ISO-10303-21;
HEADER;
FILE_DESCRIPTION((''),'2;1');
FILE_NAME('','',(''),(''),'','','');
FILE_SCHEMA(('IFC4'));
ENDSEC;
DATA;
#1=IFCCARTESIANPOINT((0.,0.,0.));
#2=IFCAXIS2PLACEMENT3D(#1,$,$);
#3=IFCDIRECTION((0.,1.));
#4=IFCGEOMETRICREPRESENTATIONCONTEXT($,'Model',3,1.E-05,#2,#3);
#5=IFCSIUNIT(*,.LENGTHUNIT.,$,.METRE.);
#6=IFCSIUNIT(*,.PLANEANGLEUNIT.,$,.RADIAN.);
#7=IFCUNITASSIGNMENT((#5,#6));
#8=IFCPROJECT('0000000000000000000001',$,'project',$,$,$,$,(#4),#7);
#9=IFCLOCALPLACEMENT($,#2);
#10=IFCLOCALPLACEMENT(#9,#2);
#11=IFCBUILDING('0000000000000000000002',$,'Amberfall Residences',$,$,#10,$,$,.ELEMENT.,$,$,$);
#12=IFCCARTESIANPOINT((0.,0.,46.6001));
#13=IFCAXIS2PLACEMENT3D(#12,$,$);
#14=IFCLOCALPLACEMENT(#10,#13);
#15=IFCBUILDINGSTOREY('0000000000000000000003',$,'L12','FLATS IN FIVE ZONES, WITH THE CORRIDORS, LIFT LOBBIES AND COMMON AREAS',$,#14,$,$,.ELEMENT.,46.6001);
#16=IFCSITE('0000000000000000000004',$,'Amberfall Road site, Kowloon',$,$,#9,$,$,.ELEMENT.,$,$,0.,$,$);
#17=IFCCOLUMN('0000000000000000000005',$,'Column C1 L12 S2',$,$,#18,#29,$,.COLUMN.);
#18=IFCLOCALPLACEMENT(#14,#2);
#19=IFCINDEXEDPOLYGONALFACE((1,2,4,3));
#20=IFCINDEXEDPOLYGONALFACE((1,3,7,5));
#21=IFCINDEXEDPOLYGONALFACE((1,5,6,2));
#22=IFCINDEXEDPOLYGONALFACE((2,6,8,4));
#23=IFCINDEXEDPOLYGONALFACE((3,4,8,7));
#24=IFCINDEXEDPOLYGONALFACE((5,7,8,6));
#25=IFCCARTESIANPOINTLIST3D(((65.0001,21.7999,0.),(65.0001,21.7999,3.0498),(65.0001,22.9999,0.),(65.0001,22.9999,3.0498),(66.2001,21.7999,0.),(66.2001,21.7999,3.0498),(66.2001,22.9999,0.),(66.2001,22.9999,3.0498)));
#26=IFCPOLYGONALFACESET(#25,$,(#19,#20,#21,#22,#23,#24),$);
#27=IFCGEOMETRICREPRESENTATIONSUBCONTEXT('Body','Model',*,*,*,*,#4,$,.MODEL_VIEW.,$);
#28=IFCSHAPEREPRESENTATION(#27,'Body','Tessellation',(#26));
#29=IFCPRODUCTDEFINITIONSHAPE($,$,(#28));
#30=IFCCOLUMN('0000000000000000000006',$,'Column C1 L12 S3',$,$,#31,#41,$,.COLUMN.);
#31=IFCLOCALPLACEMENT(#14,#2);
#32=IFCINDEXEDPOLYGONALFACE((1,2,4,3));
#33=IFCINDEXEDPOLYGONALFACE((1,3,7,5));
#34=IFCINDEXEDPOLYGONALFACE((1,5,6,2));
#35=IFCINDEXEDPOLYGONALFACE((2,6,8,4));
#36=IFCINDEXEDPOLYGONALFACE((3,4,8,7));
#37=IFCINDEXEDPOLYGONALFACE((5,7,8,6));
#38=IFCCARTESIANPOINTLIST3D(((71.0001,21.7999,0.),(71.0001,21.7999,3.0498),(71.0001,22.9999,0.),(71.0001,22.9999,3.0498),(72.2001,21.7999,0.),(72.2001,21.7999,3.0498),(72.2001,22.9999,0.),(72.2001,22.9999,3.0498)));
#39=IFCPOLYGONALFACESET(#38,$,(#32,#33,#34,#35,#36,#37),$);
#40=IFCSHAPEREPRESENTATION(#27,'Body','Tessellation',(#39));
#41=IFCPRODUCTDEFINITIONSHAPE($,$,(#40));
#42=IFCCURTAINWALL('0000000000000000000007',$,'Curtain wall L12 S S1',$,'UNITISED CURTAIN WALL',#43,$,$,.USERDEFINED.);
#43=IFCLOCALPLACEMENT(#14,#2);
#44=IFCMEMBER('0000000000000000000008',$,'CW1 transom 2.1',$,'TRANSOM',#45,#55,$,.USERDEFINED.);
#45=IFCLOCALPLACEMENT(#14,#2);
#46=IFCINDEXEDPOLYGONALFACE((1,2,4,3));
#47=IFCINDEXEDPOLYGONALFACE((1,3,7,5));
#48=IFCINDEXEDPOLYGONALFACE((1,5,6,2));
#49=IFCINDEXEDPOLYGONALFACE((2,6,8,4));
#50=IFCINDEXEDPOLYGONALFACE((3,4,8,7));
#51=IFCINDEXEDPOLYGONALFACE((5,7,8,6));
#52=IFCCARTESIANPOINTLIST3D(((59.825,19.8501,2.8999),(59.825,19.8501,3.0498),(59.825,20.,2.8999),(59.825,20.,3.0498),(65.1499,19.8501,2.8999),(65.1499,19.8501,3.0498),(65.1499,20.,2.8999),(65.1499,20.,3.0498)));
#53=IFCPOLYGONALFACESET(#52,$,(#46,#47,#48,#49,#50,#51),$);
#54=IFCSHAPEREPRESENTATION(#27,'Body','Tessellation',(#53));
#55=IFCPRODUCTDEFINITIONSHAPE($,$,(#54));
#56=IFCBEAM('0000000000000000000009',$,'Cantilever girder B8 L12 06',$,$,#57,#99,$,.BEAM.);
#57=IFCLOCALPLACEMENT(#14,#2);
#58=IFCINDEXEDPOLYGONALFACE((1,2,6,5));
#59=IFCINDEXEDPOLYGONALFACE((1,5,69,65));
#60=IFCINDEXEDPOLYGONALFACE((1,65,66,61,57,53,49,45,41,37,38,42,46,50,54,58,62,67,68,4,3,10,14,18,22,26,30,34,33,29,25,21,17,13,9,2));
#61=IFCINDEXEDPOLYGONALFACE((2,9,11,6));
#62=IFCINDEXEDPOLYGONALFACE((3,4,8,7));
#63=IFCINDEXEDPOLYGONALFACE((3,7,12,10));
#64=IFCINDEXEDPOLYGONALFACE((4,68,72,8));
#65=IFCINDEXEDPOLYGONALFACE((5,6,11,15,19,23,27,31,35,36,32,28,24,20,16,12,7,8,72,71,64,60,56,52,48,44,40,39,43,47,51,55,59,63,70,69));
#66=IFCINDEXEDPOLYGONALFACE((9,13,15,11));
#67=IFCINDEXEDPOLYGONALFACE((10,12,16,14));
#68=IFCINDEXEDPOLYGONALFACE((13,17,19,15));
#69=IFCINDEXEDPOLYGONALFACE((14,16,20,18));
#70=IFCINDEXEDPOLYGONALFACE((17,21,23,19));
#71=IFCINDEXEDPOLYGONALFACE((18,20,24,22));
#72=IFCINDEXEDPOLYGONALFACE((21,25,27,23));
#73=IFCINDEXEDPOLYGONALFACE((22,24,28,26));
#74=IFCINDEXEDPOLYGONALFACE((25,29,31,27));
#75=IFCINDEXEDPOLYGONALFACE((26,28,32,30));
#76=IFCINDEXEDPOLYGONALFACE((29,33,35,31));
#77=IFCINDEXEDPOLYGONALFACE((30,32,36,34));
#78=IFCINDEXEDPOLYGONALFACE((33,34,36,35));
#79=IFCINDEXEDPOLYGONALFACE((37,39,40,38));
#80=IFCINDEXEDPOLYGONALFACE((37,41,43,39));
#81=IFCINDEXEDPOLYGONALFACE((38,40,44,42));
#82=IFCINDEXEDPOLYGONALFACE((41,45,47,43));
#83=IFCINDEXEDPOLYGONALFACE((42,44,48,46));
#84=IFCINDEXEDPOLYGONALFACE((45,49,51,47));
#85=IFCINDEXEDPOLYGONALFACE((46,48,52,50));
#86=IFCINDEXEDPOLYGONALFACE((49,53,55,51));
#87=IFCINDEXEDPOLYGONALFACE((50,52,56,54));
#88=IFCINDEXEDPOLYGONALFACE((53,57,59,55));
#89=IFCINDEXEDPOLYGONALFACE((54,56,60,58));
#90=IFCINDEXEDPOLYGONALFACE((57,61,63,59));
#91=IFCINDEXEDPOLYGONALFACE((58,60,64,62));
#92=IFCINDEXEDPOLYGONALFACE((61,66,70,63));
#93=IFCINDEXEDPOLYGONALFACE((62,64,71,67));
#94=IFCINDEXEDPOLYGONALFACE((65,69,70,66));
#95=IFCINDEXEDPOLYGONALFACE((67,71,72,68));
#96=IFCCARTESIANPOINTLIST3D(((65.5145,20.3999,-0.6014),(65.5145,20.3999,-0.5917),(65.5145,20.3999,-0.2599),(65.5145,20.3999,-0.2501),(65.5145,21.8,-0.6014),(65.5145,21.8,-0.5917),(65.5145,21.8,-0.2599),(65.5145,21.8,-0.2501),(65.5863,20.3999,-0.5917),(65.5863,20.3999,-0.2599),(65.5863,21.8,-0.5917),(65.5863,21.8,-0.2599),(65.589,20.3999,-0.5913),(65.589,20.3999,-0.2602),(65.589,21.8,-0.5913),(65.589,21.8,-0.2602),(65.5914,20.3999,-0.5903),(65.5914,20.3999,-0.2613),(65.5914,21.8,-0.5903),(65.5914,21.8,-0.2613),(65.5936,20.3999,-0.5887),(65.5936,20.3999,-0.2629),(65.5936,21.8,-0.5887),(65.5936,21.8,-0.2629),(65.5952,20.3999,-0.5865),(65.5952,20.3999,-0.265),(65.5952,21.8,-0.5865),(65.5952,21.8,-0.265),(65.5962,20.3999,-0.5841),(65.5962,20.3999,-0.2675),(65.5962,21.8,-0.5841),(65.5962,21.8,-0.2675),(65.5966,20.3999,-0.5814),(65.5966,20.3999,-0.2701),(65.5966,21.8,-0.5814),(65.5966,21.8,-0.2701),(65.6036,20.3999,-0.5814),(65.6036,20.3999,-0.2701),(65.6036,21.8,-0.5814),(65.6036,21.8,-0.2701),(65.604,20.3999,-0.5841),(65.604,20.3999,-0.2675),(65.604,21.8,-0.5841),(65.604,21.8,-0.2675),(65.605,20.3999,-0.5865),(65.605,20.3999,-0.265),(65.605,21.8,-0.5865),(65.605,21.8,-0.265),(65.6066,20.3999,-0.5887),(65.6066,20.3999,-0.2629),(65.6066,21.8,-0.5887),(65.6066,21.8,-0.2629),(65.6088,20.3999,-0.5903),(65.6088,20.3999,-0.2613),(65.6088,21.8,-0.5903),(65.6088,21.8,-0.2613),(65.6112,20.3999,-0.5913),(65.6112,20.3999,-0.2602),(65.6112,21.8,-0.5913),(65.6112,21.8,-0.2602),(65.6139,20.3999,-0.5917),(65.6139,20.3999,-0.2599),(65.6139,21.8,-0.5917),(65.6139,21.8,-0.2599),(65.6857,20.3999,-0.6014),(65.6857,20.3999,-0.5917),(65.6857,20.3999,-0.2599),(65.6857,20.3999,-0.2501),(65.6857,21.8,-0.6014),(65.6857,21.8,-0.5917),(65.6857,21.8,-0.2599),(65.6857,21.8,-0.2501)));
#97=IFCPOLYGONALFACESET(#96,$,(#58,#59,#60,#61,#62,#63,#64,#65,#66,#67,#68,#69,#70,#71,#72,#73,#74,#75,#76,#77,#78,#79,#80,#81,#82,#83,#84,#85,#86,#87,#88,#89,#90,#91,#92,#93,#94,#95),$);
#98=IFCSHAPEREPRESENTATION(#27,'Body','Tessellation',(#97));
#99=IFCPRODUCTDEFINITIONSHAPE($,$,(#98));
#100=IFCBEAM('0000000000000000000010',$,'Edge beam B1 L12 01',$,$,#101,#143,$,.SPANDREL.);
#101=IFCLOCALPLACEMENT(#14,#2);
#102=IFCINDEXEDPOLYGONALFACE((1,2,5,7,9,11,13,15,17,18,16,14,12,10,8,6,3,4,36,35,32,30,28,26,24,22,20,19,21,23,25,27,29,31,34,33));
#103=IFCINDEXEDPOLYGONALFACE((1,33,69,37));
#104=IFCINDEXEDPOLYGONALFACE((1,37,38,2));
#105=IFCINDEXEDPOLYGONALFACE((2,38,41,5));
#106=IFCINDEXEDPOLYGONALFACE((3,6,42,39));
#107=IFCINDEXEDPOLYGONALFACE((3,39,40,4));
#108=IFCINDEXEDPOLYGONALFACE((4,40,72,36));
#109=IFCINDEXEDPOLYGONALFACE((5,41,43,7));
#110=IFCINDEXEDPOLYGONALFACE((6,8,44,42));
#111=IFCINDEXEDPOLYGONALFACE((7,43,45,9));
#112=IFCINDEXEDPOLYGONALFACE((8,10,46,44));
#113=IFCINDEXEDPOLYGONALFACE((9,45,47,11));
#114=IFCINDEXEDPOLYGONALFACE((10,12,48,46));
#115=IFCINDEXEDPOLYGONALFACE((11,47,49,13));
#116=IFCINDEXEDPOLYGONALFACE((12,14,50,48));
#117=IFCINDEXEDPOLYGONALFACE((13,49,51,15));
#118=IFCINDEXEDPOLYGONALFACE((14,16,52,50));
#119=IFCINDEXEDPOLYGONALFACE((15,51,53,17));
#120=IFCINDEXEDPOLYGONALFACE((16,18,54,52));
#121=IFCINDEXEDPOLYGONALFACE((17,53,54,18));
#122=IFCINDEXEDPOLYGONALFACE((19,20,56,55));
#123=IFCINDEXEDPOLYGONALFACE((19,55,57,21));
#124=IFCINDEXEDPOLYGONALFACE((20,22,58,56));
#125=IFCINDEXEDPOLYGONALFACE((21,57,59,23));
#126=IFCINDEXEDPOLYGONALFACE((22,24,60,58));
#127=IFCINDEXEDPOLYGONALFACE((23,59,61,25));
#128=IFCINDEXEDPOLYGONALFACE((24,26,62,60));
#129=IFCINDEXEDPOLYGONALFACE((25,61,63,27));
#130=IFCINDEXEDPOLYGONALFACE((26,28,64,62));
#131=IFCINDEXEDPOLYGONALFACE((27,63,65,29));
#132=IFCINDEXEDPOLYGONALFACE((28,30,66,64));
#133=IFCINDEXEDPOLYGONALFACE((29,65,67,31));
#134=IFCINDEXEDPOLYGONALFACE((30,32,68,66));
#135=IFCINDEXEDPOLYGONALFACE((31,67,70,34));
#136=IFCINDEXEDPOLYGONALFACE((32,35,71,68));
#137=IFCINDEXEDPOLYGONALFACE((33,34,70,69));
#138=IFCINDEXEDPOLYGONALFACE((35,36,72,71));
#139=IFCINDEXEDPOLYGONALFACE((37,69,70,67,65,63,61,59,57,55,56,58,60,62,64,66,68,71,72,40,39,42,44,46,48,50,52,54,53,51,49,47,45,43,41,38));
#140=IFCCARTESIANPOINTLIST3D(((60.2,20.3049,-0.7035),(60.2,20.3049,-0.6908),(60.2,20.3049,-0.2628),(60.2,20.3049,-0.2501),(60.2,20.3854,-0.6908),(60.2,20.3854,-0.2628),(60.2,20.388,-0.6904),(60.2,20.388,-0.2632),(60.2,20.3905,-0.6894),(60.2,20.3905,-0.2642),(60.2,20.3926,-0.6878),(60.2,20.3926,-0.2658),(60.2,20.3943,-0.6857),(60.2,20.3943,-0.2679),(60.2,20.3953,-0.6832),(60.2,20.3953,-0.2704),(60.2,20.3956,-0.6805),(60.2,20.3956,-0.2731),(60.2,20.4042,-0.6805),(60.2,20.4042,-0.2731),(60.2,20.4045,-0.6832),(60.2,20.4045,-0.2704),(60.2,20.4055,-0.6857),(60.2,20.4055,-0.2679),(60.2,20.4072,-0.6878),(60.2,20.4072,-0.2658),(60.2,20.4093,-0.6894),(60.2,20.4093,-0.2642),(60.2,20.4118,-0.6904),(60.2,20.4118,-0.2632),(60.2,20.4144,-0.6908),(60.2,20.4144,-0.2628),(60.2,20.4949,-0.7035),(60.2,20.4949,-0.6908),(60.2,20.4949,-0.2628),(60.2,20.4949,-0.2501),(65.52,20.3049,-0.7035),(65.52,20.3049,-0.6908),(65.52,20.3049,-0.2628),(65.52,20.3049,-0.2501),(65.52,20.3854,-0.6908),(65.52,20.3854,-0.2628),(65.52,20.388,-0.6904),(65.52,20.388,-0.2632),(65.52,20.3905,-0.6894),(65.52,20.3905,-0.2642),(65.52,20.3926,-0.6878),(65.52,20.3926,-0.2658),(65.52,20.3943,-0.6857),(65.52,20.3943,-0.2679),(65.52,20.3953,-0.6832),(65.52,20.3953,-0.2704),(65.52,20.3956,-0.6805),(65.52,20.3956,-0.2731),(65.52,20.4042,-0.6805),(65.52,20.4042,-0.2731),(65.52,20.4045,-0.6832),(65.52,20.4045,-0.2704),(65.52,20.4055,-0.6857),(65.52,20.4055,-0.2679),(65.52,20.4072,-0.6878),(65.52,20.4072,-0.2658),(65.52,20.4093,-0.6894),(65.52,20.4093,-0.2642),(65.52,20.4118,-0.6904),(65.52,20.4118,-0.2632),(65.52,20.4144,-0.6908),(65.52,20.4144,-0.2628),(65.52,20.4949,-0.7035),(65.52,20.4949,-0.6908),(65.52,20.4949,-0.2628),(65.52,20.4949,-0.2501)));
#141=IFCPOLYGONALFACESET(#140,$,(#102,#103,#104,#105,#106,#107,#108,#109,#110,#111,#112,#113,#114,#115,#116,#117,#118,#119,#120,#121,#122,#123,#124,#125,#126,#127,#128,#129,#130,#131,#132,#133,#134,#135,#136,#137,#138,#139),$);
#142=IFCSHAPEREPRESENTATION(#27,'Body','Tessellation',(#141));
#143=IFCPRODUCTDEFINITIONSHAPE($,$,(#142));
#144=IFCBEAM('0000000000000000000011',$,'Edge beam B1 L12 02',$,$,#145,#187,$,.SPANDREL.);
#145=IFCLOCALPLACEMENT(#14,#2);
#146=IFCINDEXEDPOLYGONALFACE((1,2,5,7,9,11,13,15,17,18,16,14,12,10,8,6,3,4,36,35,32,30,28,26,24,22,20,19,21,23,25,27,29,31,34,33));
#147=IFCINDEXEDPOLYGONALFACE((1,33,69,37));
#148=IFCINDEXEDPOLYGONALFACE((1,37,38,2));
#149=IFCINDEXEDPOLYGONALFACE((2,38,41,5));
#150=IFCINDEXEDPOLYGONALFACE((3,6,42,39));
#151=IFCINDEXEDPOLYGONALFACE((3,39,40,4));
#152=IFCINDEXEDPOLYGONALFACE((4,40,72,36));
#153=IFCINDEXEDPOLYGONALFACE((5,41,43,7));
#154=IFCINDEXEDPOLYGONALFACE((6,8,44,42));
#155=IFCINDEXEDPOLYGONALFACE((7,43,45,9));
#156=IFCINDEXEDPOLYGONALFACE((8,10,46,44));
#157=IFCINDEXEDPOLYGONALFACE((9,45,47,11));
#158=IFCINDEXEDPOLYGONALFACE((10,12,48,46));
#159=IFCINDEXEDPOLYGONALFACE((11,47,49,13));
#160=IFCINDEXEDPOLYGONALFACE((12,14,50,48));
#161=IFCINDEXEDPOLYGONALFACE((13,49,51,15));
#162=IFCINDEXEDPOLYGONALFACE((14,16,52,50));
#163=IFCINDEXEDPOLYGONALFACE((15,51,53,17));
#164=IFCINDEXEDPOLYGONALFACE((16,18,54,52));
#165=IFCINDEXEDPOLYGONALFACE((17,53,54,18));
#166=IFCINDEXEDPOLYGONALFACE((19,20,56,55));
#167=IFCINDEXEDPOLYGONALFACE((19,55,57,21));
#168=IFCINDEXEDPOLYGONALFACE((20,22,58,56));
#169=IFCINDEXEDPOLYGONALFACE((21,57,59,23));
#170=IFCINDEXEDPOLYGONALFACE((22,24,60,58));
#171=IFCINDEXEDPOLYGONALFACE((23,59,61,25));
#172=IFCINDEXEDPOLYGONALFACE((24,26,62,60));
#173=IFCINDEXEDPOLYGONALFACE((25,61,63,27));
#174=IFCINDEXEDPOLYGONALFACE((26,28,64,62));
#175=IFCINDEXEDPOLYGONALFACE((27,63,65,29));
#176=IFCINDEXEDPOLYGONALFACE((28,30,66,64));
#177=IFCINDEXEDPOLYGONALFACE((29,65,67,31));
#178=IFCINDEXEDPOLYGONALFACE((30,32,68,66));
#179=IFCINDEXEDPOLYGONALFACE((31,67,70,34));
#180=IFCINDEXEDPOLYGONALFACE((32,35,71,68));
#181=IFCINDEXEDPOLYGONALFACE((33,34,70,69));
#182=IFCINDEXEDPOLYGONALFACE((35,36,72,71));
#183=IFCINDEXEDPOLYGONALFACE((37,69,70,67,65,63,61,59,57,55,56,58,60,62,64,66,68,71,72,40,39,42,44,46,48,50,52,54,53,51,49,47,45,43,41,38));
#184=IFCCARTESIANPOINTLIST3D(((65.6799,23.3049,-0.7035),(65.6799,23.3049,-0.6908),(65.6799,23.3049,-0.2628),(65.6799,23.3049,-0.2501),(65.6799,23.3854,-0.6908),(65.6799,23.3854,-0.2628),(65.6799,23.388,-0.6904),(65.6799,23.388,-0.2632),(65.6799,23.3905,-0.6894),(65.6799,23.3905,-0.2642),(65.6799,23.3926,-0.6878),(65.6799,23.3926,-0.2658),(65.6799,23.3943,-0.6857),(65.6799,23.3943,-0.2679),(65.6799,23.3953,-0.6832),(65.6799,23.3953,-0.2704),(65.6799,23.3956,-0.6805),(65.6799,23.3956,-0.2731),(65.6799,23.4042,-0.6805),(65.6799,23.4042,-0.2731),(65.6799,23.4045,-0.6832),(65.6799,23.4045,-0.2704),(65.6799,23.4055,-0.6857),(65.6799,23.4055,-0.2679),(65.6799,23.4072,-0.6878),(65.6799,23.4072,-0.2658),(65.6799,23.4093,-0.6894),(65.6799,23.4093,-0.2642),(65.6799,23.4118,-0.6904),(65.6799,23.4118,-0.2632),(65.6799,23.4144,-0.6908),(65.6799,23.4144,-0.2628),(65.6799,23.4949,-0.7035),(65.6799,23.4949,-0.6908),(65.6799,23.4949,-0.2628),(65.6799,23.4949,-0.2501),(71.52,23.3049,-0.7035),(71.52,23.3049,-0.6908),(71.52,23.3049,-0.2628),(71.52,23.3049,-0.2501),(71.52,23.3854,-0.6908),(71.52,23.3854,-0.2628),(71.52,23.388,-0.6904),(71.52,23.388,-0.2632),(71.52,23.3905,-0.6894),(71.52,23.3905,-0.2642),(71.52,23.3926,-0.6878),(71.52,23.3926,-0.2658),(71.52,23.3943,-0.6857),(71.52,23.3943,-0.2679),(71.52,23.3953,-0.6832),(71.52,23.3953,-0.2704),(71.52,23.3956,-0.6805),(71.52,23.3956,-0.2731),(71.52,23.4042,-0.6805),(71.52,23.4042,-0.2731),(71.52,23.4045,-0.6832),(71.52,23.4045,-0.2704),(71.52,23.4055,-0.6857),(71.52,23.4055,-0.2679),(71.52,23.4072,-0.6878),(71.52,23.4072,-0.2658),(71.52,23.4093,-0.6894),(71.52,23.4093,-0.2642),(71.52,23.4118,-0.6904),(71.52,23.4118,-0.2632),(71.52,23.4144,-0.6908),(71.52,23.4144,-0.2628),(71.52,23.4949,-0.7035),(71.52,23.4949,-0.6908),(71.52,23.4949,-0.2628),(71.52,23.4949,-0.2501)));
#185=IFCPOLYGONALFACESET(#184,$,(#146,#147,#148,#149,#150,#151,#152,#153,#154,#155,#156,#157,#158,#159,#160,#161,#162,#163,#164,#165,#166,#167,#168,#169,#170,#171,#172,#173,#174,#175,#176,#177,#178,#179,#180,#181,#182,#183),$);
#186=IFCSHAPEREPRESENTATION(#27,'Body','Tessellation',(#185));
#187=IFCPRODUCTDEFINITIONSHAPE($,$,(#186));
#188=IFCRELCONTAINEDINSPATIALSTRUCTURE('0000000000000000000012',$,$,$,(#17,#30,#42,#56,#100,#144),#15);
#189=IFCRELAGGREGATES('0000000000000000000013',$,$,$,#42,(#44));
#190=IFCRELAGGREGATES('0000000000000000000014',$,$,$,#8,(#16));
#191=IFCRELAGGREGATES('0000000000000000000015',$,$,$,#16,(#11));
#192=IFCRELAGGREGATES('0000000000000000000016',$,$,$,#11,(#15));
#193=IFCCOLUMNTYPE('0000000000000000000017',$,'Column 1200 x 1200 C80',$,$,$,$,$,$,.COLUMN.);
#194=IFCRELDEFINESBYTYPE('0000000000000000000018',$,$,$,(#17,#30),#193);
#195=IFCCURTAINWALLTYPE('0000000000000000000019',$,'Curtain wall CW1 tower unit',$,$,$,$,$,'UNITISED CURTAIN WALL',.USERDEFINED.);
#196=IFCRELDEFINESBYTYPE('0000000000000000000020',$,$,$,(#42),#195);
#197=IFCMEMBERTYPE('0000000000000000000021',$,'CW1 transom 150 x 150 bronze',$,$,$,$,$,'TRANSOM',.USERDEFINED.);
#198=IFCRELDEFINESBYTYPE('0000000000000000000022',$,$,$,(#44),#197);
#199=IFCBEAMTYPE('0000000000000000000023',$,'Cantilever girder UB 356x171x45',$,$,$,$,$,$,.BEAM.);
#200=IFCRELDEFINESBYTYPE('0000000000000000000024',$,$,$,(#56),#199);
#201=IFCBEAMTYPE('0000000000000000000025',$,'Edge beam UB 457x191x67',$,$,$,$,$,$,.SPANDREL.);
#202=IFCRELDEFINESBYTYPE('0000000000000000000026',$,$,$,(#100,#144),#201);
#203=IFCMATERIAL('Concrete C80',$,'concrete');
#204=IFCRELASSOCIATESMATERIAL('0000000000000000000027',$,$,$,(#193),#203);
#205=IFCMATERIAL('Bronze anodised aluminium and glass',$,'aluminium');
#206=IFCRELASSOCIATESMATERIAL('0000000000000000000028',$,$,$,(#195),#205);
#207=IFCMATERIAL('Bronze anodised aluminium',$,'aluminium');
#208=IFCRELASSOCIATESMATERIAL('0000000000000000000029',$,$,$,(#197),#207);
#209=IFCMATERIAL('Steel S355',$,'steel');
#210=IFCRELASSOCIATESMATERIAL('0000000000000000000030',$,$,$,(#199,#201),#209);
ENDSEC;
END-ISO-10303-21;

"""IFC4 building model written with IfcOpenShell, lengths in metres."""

from ifc_helpers import new_model, si_unit, direction, frame, origin, origin_2d, place, context, subcontext, project, spatial, rectangle, i_section, extrude, material, material_profile, profile_set, type_object, element, aggregate, save


model = new_model("IFC4")

# Units and contexts
model_context = context("Model", 3, precision=1e-05, world=origin(), true_north=direction((0.0, 1.0)))
body_context = subcontext(model_context, "Body", "Model", "MODEL_VIEW")
ifc_project = project(units=[si_unit("LENGTHUNIT", "METRE"), si_unit("PLANEANGLEUNIT", "RADIAN")], contexts=[model_context])

# Site, building, storey
site_placement = place(None, origin())
site = spatial("IfcSite", under=ifc_project, at=site_placement, Name="Amberfall Road site, Kowloon", CompositionType="ELEMENT", RefElevation=0.0)
building_placement = place(site_placement, origin())
building = spatial("IfcBuilding", under=site, at=building_placement, Name="Amberfall Residences", CompositionType="ELEMENT")
storey_placement = place(building_placement, frame((0.0, 0.0, 46.6001)))
storey = spatial("IfcBuildingStorey", under=building, at=storey_placement, Name="L12", Description="FLATS IN FIVE ZONES, WITH THE CORRIDORS, LIFT LOBBIES AND COMMON AREAS", CompositionType="ELEMENT", Elevation=46.6001)

# Columns
ifc_material_1 = material(Name="Concrete C80", Category="concrete")
ifc_material_profile_1 = material_profile(ifc_material_1, rectangle(XDim=1.2, YDim=1.2, at=origin_2d()), Name="Column 1200 x 1200 C80")
ifc_profile_set_1 = profile_set([ifc_material_profile_1], Name="Concrete C80")
column_type = type_object("IfcColumnType", Name="Column 1200 x 1200 C80", PredefinedType="COLUMN", material=ifc_profile_set_1)
for number, where, z_axis, x_axis, name in (
    (1, (65.6001, 22.3999, 0.0), (0.0, 0.0, 1.0), (1.0, 0.0, 0.0), "Column C1 L12 S2"),
    (2, (71.6001, 22.3999, 0.0), (0.0, 0.0, 1.0), (1.0, 0.0, 0.0), "Column C1 L12 S3"),
):
    element("IfcColumn", number, at=place(storey_placement, frame(where, z_axis=z_axis, x_axis=x_axis)), inside=storey, type_object=column_type, Name=name, PredefinedType="COLUMN", context=body_context, shape_type="SweptSolid", body=[
        extrude(rectangle(XDim=1.2, YDim=1.2, at=origin_2d()), origin(), (0.0, 0.0, 1.0), 3.0498),
    ])

# Curtain wall, member
ifc_material_2 = material(Name="Bronze anodised aluminium and glass", Category="aluminium")
curtain_wall_type = type_object("IfcCurtainWallType", Name="Curtain wall CW1 tower unit", ElementType="UNITISED CURTAIN WALL", PredefinedType="USERDEFINED", material=ifc_material_2)
curtain_wall_placement = place(storey_placement, origin())
curtain_wall = element("IfcCurtainWall", 3, at=curtain_wall_placement, inside=storey, type_object=curtain_wall_type, Name="Curtain wall L12 S S1", ObjectType="UNITISED CURTAIN WALL", PredefinedType="USERDEFINED")
ifc_material_3 = material(Name="Bronze anodised aluminium", Category="aluminium")
ifc_material_profile_2 = material_profile(ifc_material_3, rectangle(XDim=0.1499, YDim=0.1499, at=origin_2d()), Name="CW1 transom 150 x 150 bronze")
ifc_profile_set_2 = profile_set([ifc_material_profile_2], Name="Bronze anodised aluminium")
member_type_1 = type_object("IfcMemberType", Name="CW1 transom 150 x 150 bronze", ElementType="TRANSOM", PredefinedType="USERDEFINED", material=ifc_profile_set_2)
member_1_placement = place(storey_placement, frame((59.825, 19.925, 2.9749), z_axis=(1.0, 0.0, 0.0), x_axis=(0.0, 1.0, 0.0)))
member_1 = element("IfcMember", 4, at=member_1_placement, type_object=member_type_1, Name="CW1 transom 2.1", ObjectType="TRANSOM", PredefinedType="USERDEFINED", context=body_context, shape_type="SweptSolid", body=[
    extrude(rectangle(XDim=0.1499, YDim=0.1499, at=origin_2d()), origin(), (0.0, 0.0, 1.0), 5.325),
])

# Beams
ifc_material_4 = material(Name="Steel S355", Category="steel")
ifc_material_profile_3 = material_profile(ifc_material_4, i_section(OverallWidth=0.1711, OverallDepth=0.3513, WebThickness=0.0071, FlangeThickness=0.0098, FilletRadius=0.0103, at=origin_2d()), Name="UB 356x171x45")
ifc_profile_set_3 = profile_set([ifc_material_profile_3], Name="Steel S355")
beam_type_1 = type_object("IfcBeamType", Name="Cantilever girder UB 356x171x45", PredefinedType="BEAM", material=ifc_profile_set_3)
beam_1_placement = place(storey_placement, frame((65.6001, 21.8, -0.4258), z_axis=(0.0, -1.0, 0.0), x_axis=(1.0, 0.0, 0.0)))
element("IfcBeam", 5, at=beam_1_placement, inside=storey, type_object=beam_type_1, Name="Cantilever girder B8 L12 06", PredefinedType="BEAM", context=body_context, shape_type="SweptSolid", body=[
    extrude(i_section(OverallWidth=0.1711, OverallDepth=0.3513, WebThickness=0.0071, FlangeThickness=0.0098, FilletRadius=0.0103, at=origin_2d()), origin(), (0.0, 0.0, 1.0), 1.4001),
])
ifc_material_profile_4 = material_profile(ifc_material_4, i_section(OverallWidth=0.1899, OverallDepth=0.4534, WebThickness=0.0085, FlangeThickness=0.0127, FilletRadius=0.0103, at=origin_2d()), Name="UB 457x191x67")
ifc_profile_set_4 = profile_set([ifc_material_profile_4], Name="Steel S355")
beam_type_2 = type_object("IfcBeamType", Name="Edge beam UB 457x191x67", PredefinedType="SPANDREL", material=ifc_profile_set_4)
beam_2_placement = place(storey_placement, frame((60.2, 20.3999, -0.4768), z_axis=(1.0, 0.0, 0.0), x_axis=(0.0, 1.0, 0.0)))
element("IfcBeam", 6, at=beam_2_placement, inside=storey, type_object=beam_type_2, Name="Edge beam B1 L12 01", PredefinedType="SPANDREL", context=body_context, shape_type="SweptSolid", body=[
    extrude(i_section(OverallWidth=0.1899, OverallDepth=0.4534, WebThickness=0.0085, FlangeThickness=0.0127, FilletRadius=0.0103, at=origin_2d()), origin(), (0.0, 0.0, 1.0), 5.3201),
])
beam_3_placement = place(storey_placement, frame((65.6799, 23.3999, -0.4768), z_axis=(1.0, 0.0, 0.0), x_axis=(0.0, 1.0, 0.0)))
element("IfcBeam", 7, at=beam_3_placement, inside=storey, type_object=beam_type_2, Name="Edge beam B1 L12 02", PredefinedType="SPANDREL", context=body_context, shape_type="SweptSolid", body=[
    extrude(i_section(OverallWidth=0.1899, OverallDepth=0.4534, WebThickness=0.0085, FlangeThickness=0.0127, FilletRadius=0.0103, at=origin_2d()), origin(), (0.0, 0.0, 1.0), 5.8401),
])

aggregate(curtain_wall, [member_1])

save(model, "model.ifc")
